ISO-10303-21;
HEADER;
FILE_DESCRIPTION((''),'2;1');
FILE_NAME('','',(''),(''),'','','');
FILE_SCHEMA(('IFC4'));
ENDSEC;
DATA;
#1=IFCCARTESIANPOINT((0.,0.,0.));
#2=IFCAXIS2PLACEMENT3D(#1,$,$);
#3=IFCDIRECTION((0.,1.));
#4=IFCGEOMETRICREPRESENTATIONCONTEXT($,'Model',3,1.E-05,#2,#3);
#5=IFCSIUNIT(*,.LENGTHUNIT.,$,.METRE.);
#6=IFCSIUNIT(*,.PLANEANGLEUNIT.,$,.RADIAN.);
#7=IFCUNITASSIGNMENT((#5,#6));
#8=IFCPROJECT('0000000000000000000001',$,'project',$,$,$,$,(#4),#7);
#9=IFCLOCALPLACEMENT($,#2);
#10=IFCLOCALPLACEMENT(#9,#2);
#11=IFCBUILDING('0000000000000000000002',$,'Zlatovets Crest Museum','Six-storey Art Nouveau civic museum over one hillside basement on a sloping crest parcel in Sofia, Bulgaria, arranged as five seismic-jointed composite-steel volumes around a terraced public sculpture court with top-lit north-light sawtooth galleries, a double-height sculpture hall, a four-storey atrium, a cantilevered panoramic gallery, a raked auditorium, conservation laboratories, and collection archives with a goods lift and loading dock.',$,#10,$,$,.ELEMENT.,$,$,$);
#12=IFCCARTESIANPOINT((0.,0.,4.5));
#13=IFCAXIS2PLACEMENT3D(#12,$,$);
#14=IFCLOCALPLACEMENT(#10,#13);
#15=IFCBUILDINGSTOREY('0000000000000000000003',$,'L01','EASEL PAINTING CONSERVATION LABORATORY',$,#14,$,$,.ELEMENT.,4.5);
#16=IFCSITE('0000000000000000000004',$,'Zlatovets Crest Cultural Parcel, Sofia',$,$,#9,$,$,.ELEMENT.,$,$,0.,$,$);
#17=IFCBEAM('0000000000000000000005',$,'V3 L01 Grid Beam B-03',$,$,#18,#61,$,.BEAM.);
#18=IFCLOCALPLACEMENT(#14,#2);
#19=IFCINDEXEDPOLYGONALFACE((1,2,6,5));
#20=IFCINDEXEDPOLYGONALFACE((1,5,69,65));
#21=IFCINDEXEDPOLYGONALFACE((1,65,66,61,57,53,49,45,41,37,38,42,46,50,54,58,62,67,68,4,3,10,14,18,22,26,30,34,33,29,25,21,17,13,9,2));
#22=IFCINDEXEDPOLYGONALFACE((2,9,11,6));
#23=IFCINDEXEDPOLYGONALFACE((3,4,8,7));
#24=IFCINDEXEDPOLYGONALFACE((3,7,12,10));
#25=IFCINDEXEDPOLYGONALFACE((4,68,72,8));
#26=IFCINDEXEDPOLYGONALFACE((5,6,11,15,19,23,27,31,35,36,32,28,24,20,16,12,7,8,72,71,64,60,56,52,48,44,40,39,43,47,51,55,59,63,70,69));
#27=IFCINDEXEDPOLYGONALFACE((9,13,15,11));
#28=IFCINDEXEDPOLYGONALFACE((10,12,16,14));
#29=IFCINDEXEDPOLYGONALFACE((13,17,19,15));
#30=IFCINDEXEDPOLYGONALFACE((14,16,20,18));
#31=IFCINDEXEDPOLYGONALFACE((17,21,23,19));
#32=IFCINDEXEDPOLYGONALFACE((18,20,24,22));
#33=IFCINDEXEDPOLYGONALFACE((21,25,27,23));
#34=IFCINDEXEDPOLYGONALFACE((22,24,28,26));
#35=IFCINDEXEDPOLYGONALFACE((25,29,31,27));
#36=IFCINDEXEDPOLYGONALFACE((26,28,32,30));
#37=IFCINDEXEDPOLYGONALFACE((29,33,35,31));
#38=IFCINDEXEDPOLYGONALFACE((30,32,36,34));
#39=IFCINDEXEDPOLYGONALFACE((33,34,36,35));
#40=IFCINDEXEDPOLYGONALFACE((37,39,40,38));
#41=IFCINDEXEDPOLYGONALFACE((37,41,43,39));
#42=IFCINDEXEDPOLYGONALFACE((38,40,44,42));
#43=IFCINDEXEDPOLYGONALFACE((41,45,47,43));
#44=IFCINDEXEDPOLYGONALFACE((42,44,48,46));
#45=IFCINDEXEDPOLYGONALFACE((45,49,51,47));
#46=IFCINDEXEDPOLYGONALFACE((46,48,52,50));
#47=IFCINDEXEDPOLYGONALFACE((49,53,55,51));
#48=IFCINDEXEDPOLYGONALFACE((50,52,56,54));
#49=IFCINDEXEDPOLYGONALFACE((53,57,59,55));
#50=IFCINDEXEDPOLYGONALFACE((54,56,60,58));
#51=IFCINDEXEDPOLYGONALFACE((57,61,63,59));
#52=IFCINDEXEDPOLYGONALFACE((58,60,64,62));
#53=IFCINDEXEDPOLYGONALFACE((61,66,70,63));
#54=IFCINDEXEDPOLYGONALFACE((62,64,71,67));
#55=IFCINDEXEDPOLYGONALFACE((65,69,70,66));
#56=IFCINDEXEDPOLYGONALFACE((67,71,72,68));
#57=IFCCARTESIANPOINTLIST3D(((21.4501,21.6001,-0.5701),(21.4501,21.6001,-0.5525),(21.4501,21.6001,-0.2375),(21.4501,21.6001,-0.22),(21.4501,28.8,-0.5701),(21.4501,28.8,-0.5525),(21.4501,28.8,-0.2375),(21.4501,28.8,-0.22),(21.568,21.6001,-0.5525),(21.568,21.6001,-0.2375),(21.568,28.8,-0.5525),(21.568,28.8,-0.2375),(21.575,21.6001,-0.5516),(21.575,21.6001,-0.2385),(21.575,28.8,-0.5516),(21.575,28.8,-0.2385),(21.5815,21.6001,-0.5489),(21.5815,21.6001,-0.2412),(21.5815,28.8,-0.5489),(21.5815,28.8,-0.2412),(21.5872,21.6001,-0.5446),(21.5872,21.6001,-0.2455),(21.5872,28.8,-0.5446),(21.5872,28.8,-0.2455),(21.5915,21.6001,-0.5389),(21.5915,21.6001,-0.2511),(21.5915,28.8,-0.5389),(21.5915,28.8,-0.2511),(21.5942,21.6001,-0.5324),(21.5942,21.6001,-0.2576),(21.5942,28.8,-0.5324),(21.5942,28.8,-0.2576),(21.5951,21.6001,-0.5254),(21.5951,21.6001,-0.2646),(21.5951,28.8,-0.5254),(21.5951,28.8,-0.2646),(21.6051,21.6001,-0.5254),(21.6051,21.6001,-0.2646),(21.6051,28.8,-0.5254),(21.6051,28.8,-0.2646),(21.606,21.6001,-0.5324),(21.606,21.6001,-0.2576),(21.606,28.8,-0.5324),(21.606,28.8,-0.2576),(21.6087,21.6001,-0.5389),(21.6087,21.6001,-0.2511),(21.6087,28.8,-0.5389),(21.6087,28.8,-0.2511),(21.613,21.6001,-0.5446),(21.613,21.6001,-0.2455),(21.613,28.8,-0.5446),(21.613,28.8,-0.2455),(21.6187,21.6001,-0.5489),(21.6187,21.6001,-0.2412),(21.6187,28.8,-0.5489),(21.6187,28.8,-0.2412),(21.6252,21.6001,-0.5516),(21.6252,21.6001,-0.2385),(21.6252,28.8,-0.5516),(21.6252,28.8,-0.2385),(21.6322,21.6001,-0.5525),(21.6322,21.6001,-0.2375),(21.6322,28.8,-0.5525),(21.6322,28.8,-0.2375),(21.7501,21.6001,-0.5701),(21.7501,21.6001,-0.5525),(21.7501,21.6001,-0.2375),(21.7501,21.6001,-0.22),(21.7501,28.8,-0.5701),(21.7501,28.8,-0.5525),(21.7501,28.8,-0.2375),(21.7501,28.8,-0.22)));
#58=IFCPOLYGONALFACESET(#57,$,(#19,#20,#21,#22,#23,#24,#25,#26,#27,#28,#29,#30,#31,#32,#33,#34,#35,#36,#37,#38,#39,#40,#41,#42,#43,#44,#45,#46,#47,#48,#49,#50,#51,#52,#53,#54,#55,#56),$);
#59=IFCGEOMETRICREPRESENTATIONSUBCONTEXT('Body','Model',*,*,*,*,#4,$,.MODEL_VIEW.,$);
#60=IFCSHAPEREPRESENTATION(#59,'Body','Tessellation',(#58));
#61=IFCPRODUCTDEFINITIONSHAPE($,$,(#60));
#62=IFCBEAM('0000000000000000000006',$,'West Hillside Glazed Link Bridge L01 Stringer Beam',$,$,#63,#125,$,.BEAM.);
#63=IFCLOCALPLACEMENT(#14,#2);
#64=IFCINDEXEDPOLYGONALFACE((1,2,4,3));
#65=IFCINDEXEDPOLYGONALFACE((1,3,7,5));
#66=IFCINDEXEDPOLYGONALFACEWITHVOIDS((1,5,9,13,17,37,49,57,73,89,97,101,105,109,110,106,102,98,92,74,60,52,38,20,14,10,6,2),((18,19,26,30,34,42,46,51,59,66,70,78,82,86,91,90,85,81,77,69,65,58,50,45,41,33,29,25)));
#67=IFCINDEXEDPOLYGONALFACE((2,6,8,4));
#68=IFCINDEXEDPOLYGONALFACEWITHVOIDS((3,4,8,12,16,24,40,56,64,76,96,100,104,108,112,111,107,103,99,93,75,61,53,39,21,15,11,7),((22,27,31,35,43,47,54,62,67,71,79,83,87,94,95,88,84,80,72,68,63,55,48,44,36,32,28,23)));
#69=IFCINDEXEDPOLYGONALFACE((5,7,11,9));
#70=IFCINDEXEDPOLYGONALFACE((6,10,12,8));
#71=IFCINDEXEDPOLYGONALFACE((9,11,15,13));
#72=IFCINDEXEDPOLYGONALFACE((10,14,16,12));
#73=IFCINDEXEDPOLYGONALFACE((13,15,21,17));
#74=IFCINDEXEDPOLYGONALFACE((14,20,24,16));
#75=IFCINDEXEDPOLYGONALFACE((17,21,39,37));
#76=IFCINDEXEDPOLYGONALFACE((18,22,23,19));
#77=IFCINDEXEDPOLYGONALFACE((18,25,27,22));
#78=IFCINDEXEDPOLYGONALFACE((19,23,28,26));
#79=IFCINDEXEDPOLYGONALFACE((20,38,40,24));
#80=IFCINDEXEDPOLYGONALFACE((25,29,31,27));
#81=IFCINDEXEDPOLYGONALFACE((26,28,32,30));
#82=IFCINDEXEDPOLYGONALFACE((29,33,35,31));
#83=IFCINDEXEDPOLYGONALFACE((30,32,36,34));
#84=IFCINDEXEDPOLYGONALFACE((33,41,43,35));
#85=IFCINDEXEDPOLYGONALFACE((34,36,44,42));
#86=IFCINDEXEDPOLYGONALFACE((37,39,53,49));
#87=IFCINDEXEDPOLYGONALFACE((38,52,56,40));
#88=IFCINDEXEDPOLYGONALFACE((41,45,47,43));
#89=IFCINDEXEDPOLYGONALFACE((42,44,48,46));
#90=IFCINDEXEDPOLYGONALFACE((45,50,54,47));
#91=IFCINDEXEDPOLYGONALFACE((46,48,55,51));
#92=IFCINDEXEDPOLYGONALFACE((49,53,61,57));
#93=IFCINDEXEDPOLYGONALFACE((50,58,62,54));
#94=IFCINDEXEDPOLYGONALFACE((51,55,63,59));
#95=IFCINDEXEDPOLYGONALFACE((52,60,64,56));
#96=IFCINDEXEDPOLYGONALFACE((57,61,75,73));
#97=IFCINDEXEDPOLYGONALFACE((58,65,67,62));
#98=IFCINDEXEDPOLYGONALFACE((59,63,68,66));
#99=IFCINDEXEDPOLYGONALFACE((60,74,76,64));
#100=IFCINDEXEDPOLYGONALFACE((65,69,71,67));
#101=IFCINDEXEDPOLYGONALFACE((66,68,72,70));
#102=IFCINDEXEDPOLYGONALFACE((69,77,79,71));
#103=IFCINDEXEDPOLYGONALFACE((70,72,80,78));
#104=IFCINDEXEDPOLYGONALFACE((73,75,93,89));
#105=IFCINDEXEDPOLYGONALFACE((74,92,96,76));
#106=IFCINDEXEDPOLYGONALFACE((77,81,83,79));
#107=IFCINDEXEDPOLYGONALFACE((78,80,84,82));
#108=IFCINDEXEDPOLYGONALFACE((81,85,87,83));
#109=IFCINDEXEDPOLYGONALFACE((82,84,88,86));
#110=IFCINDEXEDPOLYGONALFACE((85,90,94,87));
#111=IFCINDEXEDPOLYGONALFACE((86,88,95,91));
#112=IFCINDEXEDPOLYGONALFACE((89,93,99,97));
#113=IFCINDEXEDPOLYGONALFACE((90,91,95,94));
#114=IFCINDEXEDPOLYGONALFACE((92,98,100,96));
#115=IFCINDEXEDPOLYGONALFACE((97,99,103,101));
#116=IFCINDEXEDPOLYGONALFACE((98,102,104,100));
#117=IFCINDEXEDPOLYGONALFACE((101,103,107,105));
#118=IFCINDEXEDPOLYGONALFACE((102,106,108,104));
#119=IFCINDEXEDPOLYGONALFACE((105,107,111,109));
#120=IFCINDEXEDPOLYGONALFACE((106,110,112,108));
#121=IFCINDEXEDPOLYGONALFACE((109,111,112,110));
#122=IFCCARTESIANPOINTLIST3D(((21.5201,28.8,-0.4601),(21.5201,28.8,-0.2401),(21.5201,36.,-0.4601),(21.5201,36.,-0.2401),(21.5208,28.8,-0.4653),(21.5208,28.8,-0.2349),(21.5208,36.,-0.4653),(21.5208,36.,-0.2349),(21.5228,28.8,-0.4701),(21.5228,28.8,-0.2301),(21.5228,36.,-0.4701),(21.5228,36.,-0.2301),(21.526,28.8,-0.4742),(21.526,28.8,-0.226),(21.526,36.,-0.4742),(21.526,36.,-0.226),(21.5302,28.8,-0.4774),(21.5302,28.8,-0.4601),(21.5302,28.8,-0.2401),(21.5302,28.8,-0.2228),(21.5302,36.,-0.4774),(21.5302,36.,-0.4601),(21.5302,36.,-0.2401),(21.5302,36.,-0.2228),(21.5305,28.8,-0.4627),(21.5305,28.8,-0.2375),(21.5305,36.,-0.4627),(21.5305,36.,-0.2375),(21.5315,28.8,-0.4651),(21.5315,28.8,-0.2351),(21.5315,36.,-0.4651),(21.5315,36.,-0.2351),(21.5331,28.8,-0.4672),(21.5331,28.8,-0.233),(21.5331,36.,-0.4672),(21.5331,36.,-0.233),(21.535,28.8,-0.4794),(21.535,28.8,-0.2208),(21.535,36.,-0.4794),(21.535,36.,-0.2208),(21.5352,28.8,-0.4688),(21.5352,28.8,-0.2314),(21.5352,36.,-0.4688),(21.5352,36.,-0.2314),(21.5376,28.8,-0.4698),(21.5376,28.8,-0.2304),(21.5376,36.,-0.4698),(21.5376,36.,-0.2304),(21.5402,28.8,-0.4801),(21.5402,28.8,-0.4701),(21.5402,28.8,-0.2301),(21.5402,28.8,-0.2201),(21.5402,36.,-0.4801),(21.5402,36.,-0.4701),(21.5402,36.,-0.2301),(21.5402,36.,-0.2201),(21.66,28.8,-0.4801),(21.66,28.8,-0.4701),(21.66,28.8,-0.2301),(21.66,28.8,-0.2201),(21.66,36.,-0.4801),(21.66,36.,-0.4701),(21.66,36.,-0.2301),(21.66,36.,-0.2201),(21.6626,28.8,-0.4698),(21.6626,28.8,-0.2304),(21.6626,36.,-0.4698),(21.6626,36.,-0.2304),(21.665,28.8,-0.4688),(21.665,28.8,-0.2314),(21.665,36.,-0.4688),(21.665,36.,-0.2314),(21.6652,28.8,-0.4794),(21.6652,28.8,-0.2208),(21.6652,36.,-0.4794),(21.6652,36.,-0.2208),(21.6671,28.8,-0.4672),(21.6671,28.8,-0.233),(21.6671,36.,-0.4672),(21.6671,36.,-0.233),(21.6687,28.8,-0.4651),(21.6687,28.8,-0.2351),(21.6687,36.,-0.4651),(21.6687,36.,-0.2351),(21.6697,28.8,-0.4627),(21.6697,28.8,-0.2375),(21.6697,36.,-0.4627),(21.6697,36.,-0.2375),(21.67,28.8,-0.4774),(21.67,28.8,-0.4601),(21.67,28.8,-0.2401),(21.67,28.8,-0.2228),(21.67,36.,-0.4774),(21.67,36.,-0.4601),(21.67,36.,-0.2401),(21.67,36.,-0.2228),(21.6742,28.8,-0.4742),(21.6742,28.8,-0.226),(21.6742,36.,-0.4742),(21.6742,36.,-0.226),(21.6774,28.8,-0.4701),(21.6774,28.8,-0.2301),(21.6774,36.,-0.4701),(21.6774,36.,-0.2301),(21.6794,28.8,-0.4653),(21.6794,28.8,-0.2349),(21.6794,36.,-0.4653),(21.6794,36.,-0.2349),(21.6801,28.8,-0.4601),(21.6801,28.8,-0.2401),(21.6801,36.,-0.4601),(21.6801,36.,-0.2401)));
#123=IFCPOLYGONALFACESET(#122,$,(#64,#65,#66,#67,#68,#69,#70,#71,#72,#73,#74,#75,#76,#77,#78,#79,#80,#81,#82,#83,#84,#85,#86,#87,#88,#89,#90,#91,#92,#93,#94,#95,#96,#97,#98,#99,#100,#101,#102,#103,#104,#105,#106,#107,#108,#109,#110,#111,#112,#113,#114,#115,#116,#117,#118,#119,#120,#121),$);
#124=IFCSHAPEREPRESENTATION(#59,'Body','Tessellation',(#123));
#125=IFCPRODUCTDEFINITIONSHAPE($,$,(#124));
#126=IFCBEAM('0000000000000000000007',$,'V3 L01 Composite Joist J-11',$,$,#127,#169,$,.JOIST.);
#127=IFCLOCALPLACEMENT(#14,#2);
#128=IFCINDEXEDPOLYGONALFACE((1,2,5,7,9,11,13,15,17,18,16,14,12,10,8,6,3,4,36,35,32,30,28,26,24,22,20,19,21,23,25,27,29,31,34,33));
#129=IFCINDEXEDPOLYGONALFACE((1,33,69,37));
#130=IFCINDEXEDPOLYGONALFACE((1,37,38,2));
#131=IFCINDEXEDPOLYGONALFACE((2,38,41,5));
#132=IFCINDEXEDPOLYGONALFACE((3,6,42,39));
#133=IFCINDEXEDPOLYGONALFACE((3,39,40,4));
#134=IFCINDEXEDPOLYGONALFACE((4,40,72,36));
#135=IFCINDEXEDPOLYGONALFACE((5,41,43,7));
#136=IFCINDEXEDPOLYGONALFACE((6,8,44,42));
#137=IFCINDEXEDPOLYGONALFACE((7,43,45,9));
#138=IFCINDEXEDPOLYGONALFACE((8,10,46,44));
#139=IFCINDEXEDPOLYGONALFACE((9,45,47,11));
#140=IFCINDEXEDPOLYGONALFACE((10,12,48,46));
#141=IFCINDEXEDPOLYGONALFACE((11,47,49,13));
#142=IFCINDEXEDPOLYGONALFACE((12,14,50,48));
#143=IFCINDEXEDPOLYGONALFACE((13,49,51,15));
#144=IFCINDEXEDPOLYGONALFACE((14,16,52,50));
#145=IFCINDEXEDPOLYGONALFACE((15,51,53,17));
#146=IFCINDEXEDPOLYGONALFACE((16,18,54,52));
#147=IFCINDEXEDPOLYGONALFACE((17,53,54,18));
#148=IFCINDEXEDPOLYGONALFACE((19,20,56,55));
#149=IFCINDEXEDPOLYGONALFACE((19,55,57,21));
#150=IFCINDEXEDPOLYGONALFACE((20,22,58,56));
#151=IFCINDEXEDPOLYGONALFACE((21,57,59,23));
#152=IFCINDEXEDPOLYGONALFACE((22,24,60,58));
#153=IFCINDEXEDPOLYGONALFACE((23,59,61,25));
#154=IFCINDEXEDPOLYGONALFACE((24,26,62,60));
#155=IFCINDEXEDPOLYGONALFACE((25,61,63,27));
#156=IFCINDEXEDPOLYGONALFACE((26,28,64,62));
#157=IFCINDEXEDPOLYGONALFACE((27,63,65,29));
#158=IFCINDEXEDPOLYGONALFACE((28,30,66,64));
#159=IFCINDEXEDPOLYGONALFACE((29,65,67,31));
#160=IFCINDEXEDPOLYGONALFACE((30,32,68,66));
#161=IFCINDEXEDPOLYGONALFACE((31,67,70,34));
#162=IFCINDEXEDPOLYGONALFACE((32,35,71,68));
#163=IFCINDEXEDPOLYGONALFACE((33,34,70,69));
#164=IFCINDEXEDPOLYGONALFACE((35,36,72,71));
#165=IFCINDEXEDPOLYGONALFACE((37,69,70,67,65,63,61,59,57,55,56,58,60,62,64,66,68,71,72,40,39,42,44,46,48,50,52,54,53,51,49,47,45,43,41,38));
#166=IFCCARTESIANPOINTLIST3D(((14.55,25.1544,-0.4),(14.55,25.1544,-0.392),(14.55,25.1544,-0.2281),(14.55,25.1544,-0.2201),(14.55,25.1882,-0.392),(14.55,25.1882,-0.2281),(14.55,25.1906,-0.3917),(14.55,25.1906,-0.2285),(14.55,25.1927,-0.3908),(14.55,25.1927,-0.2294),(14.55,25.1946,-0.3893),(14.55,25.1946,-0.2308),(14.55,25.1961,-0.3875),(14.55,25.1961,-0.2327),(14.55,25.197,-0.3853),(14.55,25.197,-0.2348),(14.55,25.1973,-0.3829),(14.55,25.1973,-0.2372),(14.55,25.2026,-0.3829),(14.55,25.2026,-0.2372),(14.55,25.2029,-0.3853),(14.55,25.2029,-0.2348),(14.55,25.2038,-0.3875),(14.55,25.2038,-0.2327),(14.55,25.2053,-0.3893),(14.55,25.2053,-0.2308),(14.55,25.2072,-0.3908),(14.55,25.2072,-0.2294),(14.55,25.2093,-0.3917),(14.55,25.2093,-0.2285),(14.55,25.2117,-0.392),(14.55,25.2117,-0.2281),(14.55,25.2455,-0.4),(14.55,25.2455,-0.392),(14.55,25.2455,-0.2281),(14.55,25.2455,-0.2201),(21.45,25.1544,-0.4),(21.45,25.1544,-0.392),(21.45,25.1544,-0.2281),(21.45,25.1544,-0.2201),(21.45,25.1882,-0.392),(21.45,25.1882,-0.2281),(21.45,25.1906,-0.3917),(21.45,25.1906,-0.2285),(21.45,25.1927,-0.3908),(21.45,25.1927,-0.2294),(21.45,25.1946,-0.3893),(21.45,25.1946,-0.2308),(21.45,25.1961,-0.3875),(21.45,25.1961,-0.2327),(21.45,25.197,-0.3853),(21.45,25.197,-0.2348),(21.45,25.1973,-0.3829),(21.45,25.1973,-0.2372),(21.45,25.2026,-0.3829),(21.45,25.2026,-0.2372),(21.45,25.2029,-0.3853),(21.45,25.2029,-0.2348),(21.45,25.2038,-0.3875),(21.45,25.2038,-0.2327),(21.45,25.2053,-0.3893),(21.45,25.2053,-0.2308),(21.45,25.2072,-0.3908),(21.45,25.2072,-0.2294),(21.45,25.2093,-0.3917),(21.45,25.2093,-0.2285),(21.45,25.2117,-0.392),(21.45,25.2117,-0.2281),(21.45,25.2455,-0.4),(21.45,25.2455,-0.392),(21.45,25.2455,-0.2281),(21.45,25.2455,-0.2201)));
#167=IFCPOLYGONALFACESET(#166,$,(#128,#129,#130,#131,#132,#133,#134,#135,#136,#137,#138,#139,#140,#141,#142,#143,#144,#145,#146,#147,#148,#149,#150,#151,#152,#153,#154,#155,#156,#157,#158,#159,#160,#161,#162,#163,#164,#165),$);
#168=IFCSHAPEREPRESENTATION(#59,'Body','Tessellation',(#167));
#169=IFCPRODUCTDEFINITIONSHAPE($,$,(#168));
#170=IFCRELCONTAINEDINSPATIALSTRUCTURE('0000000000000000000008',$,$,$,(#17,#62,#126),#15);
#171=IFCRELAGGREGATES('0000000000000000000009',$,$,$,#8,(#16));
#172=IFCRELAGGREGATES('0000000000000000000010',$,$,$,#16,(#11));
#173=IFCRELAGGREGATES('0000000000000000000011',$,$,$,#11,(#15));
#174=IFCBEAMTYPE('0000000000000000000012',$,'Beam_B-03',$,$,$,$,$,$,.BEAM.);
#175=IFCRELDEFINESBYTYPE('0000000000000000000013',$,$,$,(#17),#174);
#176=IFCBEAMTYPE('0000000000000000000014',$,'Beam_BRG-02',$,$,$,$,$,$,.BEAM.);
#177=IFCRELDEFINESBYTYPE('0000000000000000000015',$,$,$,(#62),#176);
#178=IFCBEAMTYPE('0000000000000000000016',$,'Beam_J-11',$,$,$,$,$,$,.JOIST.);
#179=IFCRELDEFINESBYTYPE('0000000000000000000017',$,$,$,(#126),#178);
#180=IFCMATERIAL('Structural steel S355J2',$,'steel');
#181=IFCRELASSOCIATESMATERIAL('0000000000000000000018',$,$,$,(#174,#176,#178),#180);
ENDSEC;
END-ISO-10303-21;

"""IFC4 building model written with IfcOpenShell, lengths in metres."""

from ifc_helpers import new_model, si_unit, direction, frame, origin, origin_2d, place, context, subcontext, project, spatial, hollow_rectangle, i_section, extrude, material, material_profile, profile_set, type_object, element, save


model = new_model("IFC4")

# Units and contexts
model_context = context("Model", 3, precision=1e-05, world=origin(), true_north=direction((0.0, 1.0)))
body_context = subcontext(model_context, "Body", "Model", "MODEL_VIEW")
ifc_project = project(units=[si_unit("LENGTHUNIT", "METRE"), si_unit("PLANEANGLEUNIT", "RADIAN")], contexts=[model_context])

# Site, building, storey
site_placement = place(None, origin())
site = spatial("IfcSite", under=ifc_project, at=site_placement, Name="Zlatovets Crest Cultural Parcel, Sofia", CompositionType="ELEMENT", RefElevation=0.0)
building_placement = place(site_placement, origin())
building = spatial("IfcBuilding", under=site, at=building_placement, Name="Zlatovets Crest Museum", Description="Six-storey Art Nouveau civic museum over one hillside basement on a sloping crest parcel in Sofia, Bulgaria, arranged as five seismic-jointed composite-steel volumes around a terraced public sculpture court with top-lit north-light sawtooth galleries, a double-height sculpture hall, a four-storey atrium, a cantilevered panoramic gallery, a raked auditorium, conservation laboratories, and collection archives with a goods lift and loading dock.", CompositionType="ELEMENT")
storey_placement = place(building_placement, frame((0.0, 0.0, 4.5)))
storey = spatial("IfcBuildingStorey", under=building, at=storey_placement, Name="L01", Description="EASEL PAINTING CONSERVATION LABORATORY", CompositionType="ELEMENT", Elevation=4.5)

# Shared definitions
ifc_material_1 = material(Name="Structural steel S355J2", Category="steel")

# Beams
ifc_material_profile_1 = material_profile(ifc_material_1, i_section(OverallWidth=0.3, OverallDepth=0.3501, WebThickness=0.01, FlangeThickness=0.0176, FilletRadius=0.0271, at=origin_2d()), Name="HEA 360")
ifc_profile_set_1 = profile_set([ifc_material_profile_1], Name="Structural steel S355J2")
beam_type_1 = type_object("IfcBeamType", Name="Beam_B-03", PredefinedType="BEAM", material=ifc_profile_set_1)
beam_1_placement = place(storey_placement, frame((21.6001, 21.6001, -0.395), z_axis=(0.0, 1.0, 0.0), x_axis=(-1.0, 0.0, 0.0)))
element("IfcBeam", 1, at=beam_1_placement, inside=storey, type_object=beam_type_1, Name="V3 L01 Grid Beam B-03", PredefinedType="BEAM", context=body_context, shape_type="SweptSolid", body=[
    extrude(i_section(OverallWidth=0.3, OverallDepth=0.3501, WebThickness=0.01, FlangeThickness=0.0176, FilletRadius=0.0271, at=origin_2d()), origin(), (0.0, 0.0, 1.0), 7.2),
])
ifc_material_profile_2 = material_profile(ifc_material_1, hollow_rectangle(XDim=0.1599, YDim=0.26, WallThickness=0.01, InnerFilletRadius=0.01, OuterFilletRadius=0.02, at=origin_2d()), Name="RHS 160x260x10.0")
ifc_profile_set_2 = profile_set([ifc_material_profile_2], Name="Structural steel S355J2")
beam_type_2 = type_object("IfcBeamType", Name="Beam_BRG-02", PredefinedType="BEAM", material=ifc_profile_set_2)
beam_2_placement = place(storey_placement, frame((21.6001, 28.8, -0.3501), z_axis=(0.0, 1.0, 0.0), x_axis=(-1.0, 0.0, 0.0)))
element("IfcBeam", 2, at=beam_2_placement, inside=storey, type_object=beam_type_2, Name="West Hillside Glazed Link Bridge L01 Stringer Beam", PredefinedType="BEAM", context=body_context, shape_type="SweptSolid", body=[
    extrude(hollow_rectangle(XDim=0.1599, YDim=0.26, WallThickness=0.01, InnerFilletRadius=0.01, OuterFilletRadius=0.02, at=origin_2d()), origin(), (0.0, 0.0, 1.0), 7.2),
])
ifc_material_profile_3 = material_profile(ifc_material_1, i_section(OverallWidth=0.0911, OverallDepth=0.1799, WebThickness=0.0054, FlangeThickness=0.0081, FilletRadius=0.009, at=origin_2d()), Name="IPE 180")
ifc_profile_set_3 = profile_set([ifc_material_profile_3], Name="Structural steel S355J2")
beam_type_3 = type_object("IfcBeamType", Name="Beam_J-11", PredefinedType="JOIST", material=ifc_profile_set_3)
for number, where, z_axis, x_axis, name in (
    (3, (14.55, 25.2, -0.3101), (1.0, 0.0, 0.0), (0.0, 1.0, 0.0), "V3 L01 Composite Joist J-11"),
):
    element("IfcBeam", number, at=place(storey_placement, frame(where, z_axis=z_axis, x_axis=x_axis)), inside=storey, type_object=beam_type_3, Name=name, PredefinedType="JOIST", context=body_context, shape_type="SweptSolid", body=[
        extrude(i_section(OverallWidth=0.0911, OverallDepth=0.1799, WebThickness=0.0054, FlangeThickness=0.0081, FilletRadius=0.009, at=origin_2d()), origin(), (0.0, 0.0, 1.0), 6.8999),
    ])

save(model, "model.ifc")
